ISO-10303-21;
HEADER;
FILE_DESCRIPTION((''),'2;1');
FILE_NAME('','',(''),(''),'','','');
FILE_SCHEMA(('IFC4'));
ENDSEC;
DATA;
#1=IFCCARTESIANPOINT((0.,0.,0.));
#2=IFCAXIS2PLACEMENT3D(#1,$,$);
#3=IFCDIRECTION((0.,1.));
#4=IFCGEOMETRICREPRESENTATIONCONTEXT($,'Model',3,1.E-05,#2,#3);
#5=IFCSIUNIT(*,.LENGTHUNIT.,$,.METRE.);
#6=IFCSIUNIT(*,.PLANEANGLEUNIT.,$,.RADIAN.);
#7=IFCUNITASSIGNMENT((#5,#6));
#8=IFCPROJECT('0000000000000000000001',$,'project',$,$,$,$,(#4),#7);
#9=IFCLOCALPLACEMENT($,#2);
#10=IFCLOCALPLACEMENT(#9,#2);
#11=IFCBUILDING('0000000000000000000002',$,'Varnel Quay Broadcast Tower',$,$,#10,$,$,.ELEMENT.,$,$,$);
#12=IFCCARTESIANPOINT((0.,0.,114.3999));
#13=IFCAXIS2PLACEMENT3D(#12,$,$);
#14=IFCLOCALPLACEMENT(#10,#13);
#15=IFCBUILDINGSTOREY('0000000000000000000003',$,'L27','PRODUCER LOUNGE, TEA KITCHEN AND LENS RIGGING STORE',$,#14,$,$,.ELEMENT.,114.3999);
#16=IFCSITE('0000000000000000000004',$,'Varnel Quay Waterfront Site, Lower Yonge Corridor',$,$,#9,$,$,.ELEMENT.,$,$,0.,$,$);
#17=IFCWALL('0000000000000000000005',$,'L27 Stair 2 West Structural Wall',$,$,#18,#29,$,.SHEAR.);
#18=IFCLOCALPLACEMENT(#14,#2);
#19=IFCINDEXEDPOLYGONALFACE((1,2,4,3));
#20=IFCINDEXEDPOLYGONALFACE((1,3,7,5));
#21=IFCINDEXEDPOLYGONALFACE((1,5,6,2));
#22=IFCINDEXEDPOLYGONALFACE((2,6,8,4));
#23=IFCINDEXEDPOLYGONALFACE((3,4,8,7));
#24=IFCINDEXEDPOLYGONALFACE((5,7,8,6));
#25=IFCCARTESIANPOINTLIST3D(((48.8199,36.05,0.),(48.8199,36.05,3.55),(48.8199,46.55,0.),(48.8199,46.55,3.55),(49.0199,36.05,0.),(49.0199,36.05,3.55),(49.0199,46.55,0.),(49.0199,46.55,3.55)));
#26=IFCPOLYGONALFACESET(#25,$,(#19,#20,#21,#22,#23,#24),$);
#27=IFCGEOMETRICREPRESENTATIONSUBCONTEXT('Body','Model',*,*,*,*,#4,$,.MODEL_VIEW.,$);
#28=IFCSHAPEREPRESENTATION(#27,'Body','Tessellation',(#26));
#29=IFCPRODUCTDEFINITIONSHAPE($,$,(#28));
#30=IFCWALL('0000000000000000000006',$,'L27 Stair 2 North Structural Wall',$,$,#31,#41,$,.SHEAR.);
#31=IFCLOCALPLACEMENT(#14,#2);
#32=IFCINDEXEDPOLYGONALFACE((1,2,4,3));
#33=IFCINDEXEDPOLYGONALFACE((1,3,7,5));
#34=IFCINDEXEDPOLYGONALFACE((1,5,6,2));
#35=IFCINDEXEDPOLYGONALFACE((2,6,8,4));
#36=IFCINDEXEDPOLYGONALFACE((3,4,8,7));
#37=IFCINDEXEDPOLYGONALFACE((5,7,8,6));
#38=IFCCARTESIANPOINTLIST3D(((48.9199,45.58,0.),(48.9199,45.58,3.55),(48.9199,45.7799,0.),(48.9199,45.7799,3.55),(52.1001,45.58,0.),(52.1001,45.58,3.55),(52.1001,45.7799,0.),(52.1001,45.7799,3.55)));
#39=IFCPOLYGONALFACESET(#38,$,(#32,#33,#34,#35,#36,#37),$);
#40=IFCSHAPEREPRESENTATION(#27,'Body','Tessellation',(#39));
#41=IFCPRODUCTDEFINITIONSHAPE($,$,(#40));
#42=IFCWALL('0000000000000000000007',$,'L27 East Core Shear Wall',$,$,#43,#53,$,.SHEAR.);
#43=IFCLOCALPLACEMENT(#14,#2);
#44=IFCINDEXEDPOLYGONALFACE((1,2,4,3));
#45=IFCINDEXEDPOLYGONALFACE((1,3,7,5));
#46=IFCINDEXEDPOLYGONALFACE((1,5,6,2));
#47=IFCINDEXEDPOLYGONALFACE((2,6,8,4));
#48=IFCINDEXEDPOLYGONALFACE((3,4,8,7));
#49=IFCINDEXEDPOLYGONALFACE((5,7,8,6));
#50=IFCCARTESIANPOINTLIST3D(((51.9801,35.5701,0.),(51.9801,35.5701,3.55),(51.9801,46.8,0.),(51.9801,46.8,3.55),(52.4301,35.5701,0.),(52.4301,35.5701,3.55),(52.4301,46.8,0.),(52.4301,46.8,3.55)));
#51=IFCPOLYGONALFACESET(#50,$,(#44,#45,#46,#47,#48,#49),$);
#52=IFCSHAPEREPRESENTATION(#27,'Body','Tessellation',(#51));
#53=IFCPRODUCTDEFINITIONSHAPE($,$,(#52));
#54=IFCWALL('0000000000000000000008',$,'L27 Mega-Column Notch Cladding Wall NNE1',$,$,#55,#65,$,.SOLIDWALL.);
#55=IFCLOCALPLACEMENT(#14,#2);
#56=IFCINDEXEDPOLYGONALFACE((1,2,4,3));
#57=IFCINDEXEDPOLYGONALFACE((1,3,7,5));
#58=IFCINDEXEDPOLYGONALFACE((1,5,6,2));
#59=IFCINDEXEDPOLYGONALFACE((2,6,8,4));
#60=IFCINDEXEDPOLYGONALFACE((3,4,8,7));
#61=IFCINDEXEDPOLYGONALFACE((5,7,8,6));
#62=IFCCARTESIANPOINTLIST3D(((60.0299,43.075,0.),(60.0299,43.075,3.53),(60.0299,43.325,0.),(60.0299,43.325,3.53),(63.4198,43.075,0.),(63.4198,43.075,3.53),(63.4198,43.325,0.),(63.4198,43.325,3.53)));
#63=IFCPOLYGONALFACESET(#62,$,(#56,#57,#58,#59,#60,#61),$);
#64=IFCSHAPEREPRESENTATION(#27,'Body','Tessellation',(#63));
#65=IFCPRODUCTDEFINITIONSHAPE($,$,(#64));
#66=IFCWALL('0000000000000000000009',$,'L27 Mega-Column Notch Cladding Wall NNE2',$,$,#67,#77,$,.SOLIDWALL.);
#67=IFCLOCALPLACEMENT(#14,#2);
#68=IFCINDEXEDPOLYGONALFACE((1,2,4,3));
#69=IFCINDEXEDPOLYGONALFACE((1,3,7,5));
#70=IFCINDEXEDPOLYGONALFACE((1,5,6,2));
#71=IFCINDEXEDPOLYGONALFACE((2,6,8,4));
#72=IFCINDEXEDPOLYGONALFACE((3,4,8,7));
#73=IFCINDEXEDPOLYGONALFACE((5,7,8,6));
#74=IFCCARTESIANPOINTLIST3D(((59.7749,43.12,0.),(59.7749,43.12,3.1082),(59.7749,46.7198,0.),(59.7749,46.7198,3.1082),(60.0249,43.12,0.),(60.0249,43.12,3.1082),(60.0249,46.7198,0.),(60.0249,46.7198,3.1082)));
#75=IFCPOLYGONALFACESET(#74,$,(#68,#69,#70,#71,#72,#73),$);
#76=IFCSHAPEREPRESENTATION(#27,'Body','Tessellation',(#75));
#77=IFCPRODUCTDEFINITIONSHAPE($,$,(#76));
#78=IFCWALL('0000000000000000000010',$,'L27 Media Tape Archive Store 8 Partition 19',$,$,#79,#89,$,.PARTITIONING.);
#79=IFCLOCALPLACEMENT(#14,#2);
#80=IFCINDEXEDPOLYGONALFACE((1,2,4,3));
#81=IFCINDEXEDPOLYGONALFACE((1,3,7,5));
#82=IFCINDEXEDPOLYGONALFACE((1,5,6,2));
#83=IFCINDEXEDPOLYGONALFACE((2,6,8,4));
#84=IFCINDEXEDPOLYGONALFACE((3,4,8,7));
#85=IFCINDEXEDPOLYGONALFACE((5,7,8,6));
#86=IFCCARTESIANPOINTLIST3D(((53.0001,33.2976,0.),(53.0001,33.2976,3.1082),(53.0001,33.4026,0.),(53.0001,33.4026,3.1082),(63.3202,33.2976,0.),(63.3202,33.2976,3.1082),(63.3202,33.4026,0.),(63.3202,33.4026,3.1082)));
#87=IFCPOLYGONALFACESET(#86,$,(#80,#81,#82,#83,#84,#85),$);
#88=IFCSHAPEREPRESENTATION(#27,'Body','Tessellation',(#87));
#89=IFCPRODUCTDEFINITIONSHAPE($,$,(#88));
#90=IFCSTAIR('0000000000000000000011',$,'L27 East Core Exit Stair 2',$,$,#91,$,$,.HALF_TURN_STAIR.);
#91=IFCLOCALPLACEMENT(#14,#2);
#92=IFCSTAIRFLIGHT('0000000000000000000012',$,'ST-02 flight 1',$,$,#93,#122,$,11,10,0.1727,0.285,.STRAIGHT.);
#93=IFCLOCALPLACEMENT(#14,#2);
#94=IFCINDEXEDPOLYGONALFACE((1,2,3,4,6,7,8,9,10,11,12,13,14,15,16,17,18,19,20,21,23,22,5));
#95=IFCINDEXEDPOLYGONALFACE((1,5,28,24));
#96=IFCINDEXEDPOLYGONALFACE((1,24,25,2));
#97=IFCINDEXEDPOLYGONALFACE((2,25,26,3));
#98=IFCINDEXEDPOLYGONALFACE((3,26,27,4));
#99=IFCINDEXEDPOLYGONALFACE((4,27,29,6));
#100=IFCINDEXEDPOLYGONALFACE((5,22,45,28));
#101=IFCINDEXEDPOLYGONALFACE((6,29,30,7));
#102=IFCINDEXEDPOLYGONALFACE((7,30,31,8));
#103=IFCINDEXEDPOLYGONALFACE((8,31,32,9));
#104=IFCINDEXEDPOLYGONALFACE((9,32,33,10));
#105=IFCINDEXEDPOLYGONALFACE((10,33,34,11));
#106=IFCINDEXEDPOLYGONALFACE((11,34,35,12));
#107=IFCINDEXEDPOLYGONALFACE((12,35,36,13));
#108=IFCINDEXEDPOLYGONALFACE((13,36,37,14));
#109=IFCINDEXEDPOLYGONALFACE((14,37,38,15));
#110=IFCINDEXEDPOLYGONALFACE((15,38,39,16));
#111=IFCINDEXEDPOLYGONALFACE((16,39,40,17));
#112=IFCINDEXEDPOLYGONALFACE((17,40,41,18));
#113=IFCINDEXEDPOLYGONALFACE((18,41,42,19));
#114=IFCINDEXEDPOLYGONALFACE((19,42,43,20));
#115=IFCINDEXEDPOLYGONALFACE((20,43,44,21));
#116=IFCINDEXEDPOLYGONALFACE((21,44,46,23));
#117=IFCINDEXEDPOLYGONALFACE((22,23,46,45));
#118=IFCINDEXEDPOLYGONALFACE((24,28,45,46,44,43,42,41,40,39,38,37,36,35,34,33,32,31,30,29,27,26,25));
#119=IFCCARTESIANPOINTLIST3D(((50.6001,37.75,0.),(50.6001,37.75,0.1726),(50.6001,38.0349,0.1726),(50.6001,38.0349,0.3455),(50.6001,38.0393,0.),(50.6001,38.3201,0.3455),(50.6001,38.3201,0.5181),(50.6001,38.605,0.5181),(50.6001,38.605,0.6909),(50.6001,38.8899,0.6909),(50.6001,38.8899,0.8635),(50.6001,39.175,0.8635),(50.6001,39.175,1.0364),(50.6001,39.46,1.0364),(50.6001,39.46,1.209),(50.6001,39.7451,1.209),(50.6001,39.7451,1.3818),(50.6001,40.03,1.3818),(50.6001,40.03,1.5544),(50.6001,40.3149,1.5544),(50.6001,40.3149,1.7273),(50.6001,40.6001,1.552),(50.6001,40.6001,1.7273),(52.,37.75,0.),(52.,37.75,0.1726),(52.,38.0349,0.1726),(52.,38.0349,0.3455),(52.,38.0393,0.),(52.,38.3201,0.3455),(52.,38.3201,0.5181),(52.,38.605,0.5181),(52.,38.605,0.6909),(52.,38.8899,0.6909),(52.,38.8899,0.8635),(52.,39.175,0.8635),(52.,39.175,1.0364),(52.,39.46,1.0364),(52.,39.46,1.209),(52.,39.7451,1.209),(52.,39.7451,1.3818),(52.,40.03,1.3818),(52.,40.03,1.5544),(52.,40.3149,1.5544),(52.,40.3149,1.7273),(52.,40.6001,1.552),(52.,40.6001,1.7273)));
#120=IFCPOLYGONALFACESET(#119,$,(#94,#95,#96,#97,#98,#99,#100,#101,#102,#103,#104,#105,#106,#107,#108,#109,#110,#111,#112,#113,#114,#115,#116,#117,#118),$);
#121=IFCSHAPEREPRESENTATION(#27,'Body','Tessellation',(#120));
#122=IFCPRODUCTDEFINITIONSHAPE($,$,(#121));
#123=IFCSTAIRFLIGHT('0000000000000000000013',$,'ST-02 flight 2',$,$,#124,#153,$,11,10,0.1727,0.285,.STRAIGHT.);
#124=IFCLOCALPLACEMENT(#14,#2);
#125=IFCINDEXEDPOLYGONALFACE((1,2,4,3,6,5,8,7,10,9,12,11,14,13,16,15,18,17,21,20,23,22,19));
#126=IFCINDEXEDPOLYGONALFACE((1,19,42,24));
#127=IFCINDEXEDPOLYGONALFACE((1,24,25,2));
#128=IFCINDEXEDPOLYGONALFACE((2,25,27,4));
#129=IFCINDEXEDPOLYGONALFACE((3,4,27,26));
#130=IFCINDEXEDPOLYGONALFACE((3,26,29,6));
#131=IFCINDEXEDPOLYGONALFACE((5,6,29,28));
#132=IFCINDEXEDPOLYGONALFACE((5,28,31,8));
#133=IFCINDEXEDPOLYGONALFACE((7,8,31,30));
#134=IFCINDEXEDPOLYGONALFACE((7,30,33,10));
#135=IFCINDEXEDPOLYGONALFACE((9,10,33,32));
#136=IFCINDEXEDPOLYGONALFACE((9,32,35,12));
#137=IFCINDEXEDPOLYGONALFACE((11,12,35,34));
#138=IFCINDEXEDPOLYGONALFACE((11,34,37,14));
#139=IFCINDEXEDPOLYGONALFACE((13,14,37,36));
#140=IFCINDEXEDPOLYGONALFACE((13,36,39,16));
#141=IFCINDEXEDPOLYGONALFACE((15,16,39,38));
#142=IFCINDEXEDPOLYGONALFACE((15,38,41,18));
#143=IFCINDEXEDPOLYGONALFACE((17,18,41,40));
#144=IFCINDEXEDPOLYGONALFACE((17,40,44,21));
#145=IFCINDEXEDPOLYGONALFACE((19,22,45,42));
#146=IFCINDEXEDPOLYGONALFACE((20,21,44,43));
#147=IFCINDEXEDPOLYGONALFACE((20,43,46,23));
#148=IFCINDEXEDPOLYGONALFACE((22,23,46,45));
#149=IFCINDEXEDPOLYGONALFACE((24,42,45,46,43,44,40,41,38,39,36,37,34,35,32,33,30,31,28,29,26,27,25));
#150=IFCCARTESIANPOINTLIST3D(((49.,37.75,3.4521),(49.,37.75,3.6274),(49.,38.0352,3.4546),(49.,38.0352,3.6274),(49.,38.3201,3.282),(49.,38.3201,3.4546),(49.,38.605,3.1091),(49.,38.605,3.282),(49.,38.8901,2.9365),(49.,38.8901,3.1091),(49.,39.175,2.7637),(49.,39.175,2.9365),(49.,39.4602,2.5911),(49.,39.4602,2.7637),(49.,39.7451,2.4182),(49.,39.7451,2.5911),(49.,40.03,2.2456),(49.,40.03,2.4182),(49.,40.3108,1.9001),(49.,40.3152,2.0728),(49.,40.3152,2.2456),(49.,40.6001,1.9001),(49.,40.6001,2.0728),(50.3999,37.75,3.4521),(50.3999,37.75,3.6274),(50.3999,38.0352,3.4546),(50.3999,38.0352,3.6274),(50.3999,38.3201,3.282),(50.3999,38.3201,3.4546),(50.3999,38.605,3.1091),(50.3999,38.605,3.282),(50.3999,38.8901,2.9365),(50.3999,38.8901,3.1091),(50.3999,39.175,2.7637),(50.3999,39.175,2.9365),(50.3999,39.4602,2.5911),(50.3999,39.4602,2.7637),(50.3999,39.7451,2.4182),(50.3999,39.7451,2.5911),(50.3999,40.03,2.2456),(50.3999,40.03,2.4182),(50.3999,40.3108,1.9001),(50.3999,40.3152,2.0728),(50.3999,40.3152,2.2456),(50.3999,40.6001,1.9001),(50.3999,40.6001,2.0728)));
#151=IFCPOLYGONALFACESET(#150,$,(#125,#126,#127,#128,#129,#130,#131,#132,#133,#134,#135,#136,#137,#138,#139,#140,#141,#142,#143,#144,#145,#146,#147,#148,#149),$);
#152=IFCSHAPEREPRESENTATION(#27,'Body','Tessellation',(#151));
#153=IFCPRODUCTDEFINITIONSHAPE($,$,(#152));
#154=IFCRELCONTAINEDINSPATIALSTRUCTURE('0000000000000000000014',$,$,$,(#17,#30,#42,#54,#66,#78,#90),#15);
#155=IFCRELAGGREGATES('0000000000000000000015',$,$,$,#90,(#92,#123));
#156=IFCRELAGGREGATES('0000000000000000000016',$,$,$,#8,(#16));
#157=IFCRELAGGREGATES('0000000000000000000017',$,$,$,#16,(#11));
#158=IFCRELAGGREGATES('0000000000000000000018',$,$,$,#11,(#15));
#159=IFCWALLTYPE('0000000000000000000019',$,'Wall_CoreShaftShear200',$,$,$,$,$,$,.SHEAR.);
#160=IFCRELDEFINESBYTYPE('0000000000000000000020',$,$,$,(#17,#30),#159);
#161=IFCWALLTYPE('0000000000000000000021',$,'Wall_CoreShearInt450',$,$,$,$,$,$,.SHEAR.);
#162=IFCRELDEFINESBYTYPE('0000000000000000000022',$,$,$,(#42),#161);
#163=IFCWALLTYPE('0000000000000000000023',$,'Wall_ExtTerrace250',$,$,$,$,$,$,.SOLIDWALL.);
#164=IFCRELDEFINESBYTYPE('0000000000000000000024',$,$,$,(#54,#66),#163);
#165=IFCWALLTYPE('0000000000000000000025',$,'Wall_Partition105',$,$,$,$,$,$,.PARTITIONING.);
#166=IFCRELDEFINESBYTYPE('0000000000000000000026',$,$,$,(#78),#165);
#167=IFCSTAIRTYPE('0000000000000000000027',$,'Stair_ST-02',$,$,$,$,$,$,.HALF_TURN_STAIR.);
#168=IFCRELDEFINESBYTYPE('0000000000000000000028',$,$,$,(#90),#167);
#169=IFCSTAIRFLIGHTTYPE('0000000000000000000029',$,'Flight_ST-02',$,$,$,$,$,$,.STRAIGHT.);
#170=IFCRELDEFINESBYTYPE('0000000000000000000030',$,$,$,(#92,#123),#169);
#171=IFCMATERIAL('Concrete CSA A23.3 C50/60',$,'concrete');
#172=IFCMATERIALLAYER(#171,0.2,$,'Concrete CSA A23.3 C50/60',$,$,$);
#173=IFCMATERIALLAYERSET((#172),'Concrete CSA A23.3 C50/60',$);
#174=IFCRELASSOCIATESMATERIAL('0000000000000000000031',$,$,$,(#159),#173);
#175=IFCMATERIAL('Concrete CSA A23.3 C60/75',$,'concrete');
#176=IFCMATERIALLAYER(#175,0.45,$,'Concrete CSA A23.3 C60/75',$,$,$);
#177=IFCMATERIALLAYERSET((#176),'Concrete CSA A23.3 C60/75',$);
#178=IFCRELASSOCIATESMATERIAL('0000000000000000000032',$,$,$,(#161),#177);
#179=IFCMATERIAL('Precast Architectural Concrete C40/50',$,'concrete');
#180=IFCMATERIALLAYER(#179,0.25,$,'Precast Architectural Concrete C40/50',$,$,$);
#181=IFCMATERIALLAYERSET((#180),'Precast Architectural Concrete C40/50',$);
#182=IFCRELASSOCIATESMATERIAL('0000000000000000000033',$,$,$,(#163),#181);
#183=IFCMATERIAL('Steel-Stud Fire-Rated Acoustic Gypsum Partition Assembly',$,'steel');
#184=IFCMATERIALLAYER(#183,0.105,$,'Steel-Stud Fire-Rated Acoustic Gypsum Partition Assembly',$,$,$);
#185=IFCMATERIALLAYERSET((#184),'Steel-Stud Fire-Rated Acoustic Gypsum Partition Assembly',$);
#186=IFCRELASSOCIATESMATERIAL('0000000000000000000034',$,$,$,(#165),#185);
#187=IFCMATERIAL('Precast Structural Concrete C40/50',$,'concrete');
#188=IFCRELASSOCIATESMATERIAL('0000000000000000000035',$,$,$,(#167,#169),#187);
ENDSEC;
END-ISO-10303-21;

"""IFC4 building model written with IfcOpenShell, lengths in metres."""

from ifc_helpers import new_model, si_unit, direction, frame, frame_2d, origin, place, context, subcontext, project, spatial, polyline, rectangle, outline, extrude, material, layer, layer_set, type_object, element, aggregate, save


model = new_model("IFC4")

# Units and contexts
model_context = context("Model", 3, precision=1e-05, world=origin(), true_north=direction((0.0, 1.0)))
body_context = subcontext(model_context, "Body", "Model", "MODEL_VIEW")
ifc_project = project(units=[si_unit("LENGTHUNIT", "METRE"), si_unit("PLANEANGLEUNIT", "RADIAN")], contexts=[model_context])

# Site, building, storey
site_placement = place(None, origin())
site = spatial("IfcSite", under=ifc_project, at=site_placement, Name="Varnel Quay Waterfront Site, Lower Yonge Corridor", CompositionType="ELEMENT", RefElevation=0.0)
building_placement = place(site_placement, origin())
building = spatial("IfcBuilding", under=site, at=building_placement, Name="Varnel Quay Broadcast Tower", CompositionType="ELEMENT")
storey_placement = place(building_placement, frame((0.0, 0.0, 114.3999)))
storey = spatial("IfcBuildingStorey", under=building, at=storey_placement, Name="L27", Description="PRODUCER LOUNGE, TEA KITCHEN AND LENS RIGGING STORE", CompositionType="ELEMENT", Elevation=114.3999)

# Walls
ifc_material_1 = material(Name="Concrete CSA A23.3 C50/60", Category="concrete")
ifc_layer_1 = layer(ifc_material_1, 0.2, Name="Concrete CSA A23.3 C50/60")
ifc_layer_set_1 = layer_set([ifc_layer_1], Name="Concrete CSA A23.3 C50/60")
wall_type_1 = type_object("IfcWallType", Name="Wall_CoreShaftShear200", PredefinedType="SHEAR", material=ifc_layer_set_1)
wall_1_placement = place(storey_placement, frame((48.9199, 36.05, 0.0), z_axis=(0.0, 0.0, 1.0), x_axis=(0.0, 1.0, 0.0)))
element("IfcWall", 1, at=wall_1_placement, inside=storey, type_object=wall_type_1, Name="L27 Stair 2 West Structural Wall", PredefinedType="SHEAR", context=body_context, shape_type="SweptSolid", body=[
    extrude(rectangle(XDim=10.5, YDim=0.2, at=frame_2d((5.25, 0.0))), origin(), (0.0, 0.0, 1.0), 3.55),
])
wall_2_placement = place(storey_placement, frame((48.9199, 45.6799, 0.0), z_axis=(0.0, 0.0, 1.0), x_axis=(1.0, 0.0, 0.0)))
element("IfcWall", 2, at=wall_2_placement, inside=storey, type_object=wall_type_1, Name="L27 Stair 2 North Structural Wall", PredefinedType="SHEAR", context=body_context, shape_type="SweptSolid", body=[
    extrude(rectangle(XDim=3.1802, YDim=0.2, at=frame_2d((1.5901, 0.0))), origin(), (0.0, 0.0, 1.0), 3.55),
])
ifc_material_2 = material(Name="Concrete CSA A23.3 C60/75", Category="concrete")
ifc_layer_2 = layer(ifc_material_2, 0.45, Name="Concrete CSA A23.3 C60/75")
ifc_layer_set_2 = layer_set([ifc_layer_2], Name="Concrete CSA A23.3 C60/75")
wall_type_2 = type_object("IfcWallType", Name="Wall_CoreShearInt450", PredefinedType="SHEAR", material=ifc_layer_set_2)
wall_3_placement = place(storey_placement, frame((52.2051, 35.5701, 0.0), z_axis=(0.0, 0.0, 1.0), x_axis=(0.0, 1.0, 0.0)))
element("IfcWall", 3, at=wall_3_placement, inside=storey, type_object=wall_type_2, Name="L27 East Core Shear Wall", PredefinedType="SHEAR", context=body_context, shape_type="SweptSolid", body=[
    extrude(rectangle(XDim=11.23, YDim=0.45, at=frame_2d((5.615, 0.0))), origin(), (0.0, 0.0, 1.0), 3.55),
])
ifc_material_3 = material(Name="Precast Architectural Concrete C40/50", Category="concrete")
ifc_layer_3 = layer(ifc_material_3, 0.25, Name="Precast Architectural Concrete C40/50")
ifc_layer_set_3 = layer_set([ifc_layer_3], Name="Precast Architectural Concrete C40/50")
wall_type_3 = type_object("IfcWallType", Name="Wall_ExtTerrace250", PredefinedType="SOLIDWALL", material=ifc_layer_set_3)
wall_4_placement = place(storey_placement, frame((60.03, 43.2, 0.0), z_axis=(0.0, 0.0, 1.0), x_axis=(1.0, 0.0, 0.0)))
element("IfcWall", 4, at=wall_4_placement, inside=storey, type_object=wall_type_3, Name="L27 Mega-Column Notch Cladding Wall NNE1", PredefinedType="SOLIDWALL", context=body_context, shape_type="SweptSolid", body=[
    extrude(rectangle(XDim=3.3899, YDim=0.25, at=frame_2d((1.6948, 0.0))), origin(), (0.0, 0.0, 1.0), 3.53),
])
wall_5_placement = place(storey_placement, frame((59.8999, 43.1201, 0.0), z_axis=(0.0, 0.0, 1.0), x_axis=(0.0, 1.0, 0.0)))
element("IfcWall", 5, at=wall_5_placement, inside=storey, type_object=wall_type_3, Name="L27 Mega-Column Notch Cladding Wall NNE2", PredefinedType="SOLIDWALL", context=body_context, shape_type="SweptSolid", body=[
    extrude(rectangle(XDim=3.5999, YDim=0.25, at=frame_2d((1.7998, 0.0))), origin(), (0.0, 0.0, 1.0), 3.1082),
])
ifc_material_4 = material(Name="Steel-Stud Fire-Rated Acoustic Gypsum Partition Assembly", Category="steel")
ifc_layer_4 = layer(ifc_material_4, 0.105, Name="Steel-Stud Fire-Rated Acoustic Gypsum Partition Assembly")
ifc_layer_set_4 = layer_set([ifc_layer_4], Name="Steel-Stud Fire-Rated Acoustic Gypsum Partition Assembly")
wall_type_4 = type_object("IfcWallType", Name="Wall_Partition105", PredefinedType="PARTITIONING", material=ifc_layer_set_4)
wall_6_placement = place(storey_placement, frame((53.0, 33.3501, 0.0), z_axis=(0.0, 0.0, 1.0), x_axis=(1.0, 0.0, 0.0)))
element("IfcWall", 6, at=wall_6_placement, inside=storey, type_object=wall_type_4, Name="L27 Media Tape Archive Store 8 Partition 19", PredefinedType="PARTITIONING", context=body_context, shape_type="SweptSolid", body=[
    extrude(rectangle(XDim=10.3201, YDim=0.105, at=frame_2d((5.1602, 0.0))), origin(), (0.0, 0.0, 1.0), 3.1082),
])

# Stair, stair flights
ifc_material_5 = material(Name="Precast Structural Concrete C40/50", Category="concrete")
stair_type = type_object("IfcStairType", Name="Stair_ST-02", PredefinedType="HALF_TURN_STAIR", material=ifc_material_5)
stair_placement = place(storey_placement, origin())
stair = element("IfcStair", 7, at=stair_placement, inside=storey, type_object=stair_type, Name="L27 East Core Exit Stair 2", PredefinedType="HALF_TURN_STAIR")
stair_flight_type = type_object("IfcStairFlightType", Name="Flight_ST-02", PredefinedType="STRAIGHT", material=ifc_material_5)
stair_flight_1_placement = place(storey_placement, frame((51.3, 37.75, 0.0), z_axis=(0.0, 0.0, 1.0), x_axis=(0.0, 1.0, 0.0)))
stair_flight_1 = element("IfcStairFlight", 8, at=stair_flight_1_placement, type_object=stair_flight_type, Name="ST-02 flight 1", NumberOfRisers=11, NumberOfTreads=10, PredefinedType="STRAIGHT", RiserHeight=0.1727, TreadLength=0.285, context=body_context, shape_type="SweptSolid", body=[
    extrude(outline(polyline([(0.0, 0.0), (0.0, 0.1726), (0.2849, 0.1726), (0.2849, 0.3455), (0.5701, 0.3455), (0.5701, 0.5181), (0.855, 0.5181), (0.855, 0.6909), (1.1399, 0.6909), (1.1399, 0.8635), (1.425, 0.8635), (1.425, 1.0364), (1.71, 1.0364), (1.71, 1.209), (1.9951, 1.209), (1.9951, 1.3818), (2.28, 1.3818), (2.28, 1.5544), (2.5649, 1.5544), (2.5649, 1.7273), (2.8501, 1.7273), (2.8501, 1.8999), (2.8501, 1.552), (0.2893, 0.0), (0.0, 0.0)])), frame((0.0, 0.7, 0.0), z_axis=(0.0, -1.0, 0.0), x_axis=(1.0, 0.0, 0.0)), (0.0, 0.0, 1.0), 1.3999),
])
stair_flight_2_placement = place(storey_placement, frame((49.7, 40.6001, 1.9001), z_axis=(0.0, 0.0, 1.0), x_axis=(0.0, -1.0, 0.0)))
stair_flight_2 = element("IfcStairFlight", 9, at=stair_flight_2_placement, type_object=stair_flight_type, Name="ST-02 flight 2", NumberOfRisers=11, NumberOfTreads=10, PredefinedType="STRAIGHT", RiserHeight=0.1727, TreadLength=0.285, context=body_context, shape_type="SweptSolid", body=[
    extrude(outline(polyline([(0.0, 0.0), (0.0, 0.1726), (0.2849, 0.1726), (0.2849, 0.3455), (0.5701, 0.3455), (0.5701, 0.5181), (0.855, 0.5181), (0.855, 0.6909), (1.1399, 0.6909), (1.1399, 0.8635), (1.425, 0.8635), (1.425, 1.0364), (1.71, 1.0364), (1.71, 1.209), (1.9951, 1.209), (1.9951, 1.3818), (2.28, 1.3818), (2.28, 1.5544), (2.5649, 1.5544), (2.5649, 1.7273), (2.8501, 1.7273), (2.8501, 1.8999), (2.8501, 1.552), (0.2893, 0.0), (0.0, 0.0)])), frame((0.0, 0.7, 0.0), z_axis=(0.0, -1.0, 0.0), x_axis=(1.0, 0.0, 0.0)), (0.0, 0.0, 1.0), 1.3999),
])
aggregate(stair, [stair_flight_1, stair_flight_2])

save(model, "model.ifc")
